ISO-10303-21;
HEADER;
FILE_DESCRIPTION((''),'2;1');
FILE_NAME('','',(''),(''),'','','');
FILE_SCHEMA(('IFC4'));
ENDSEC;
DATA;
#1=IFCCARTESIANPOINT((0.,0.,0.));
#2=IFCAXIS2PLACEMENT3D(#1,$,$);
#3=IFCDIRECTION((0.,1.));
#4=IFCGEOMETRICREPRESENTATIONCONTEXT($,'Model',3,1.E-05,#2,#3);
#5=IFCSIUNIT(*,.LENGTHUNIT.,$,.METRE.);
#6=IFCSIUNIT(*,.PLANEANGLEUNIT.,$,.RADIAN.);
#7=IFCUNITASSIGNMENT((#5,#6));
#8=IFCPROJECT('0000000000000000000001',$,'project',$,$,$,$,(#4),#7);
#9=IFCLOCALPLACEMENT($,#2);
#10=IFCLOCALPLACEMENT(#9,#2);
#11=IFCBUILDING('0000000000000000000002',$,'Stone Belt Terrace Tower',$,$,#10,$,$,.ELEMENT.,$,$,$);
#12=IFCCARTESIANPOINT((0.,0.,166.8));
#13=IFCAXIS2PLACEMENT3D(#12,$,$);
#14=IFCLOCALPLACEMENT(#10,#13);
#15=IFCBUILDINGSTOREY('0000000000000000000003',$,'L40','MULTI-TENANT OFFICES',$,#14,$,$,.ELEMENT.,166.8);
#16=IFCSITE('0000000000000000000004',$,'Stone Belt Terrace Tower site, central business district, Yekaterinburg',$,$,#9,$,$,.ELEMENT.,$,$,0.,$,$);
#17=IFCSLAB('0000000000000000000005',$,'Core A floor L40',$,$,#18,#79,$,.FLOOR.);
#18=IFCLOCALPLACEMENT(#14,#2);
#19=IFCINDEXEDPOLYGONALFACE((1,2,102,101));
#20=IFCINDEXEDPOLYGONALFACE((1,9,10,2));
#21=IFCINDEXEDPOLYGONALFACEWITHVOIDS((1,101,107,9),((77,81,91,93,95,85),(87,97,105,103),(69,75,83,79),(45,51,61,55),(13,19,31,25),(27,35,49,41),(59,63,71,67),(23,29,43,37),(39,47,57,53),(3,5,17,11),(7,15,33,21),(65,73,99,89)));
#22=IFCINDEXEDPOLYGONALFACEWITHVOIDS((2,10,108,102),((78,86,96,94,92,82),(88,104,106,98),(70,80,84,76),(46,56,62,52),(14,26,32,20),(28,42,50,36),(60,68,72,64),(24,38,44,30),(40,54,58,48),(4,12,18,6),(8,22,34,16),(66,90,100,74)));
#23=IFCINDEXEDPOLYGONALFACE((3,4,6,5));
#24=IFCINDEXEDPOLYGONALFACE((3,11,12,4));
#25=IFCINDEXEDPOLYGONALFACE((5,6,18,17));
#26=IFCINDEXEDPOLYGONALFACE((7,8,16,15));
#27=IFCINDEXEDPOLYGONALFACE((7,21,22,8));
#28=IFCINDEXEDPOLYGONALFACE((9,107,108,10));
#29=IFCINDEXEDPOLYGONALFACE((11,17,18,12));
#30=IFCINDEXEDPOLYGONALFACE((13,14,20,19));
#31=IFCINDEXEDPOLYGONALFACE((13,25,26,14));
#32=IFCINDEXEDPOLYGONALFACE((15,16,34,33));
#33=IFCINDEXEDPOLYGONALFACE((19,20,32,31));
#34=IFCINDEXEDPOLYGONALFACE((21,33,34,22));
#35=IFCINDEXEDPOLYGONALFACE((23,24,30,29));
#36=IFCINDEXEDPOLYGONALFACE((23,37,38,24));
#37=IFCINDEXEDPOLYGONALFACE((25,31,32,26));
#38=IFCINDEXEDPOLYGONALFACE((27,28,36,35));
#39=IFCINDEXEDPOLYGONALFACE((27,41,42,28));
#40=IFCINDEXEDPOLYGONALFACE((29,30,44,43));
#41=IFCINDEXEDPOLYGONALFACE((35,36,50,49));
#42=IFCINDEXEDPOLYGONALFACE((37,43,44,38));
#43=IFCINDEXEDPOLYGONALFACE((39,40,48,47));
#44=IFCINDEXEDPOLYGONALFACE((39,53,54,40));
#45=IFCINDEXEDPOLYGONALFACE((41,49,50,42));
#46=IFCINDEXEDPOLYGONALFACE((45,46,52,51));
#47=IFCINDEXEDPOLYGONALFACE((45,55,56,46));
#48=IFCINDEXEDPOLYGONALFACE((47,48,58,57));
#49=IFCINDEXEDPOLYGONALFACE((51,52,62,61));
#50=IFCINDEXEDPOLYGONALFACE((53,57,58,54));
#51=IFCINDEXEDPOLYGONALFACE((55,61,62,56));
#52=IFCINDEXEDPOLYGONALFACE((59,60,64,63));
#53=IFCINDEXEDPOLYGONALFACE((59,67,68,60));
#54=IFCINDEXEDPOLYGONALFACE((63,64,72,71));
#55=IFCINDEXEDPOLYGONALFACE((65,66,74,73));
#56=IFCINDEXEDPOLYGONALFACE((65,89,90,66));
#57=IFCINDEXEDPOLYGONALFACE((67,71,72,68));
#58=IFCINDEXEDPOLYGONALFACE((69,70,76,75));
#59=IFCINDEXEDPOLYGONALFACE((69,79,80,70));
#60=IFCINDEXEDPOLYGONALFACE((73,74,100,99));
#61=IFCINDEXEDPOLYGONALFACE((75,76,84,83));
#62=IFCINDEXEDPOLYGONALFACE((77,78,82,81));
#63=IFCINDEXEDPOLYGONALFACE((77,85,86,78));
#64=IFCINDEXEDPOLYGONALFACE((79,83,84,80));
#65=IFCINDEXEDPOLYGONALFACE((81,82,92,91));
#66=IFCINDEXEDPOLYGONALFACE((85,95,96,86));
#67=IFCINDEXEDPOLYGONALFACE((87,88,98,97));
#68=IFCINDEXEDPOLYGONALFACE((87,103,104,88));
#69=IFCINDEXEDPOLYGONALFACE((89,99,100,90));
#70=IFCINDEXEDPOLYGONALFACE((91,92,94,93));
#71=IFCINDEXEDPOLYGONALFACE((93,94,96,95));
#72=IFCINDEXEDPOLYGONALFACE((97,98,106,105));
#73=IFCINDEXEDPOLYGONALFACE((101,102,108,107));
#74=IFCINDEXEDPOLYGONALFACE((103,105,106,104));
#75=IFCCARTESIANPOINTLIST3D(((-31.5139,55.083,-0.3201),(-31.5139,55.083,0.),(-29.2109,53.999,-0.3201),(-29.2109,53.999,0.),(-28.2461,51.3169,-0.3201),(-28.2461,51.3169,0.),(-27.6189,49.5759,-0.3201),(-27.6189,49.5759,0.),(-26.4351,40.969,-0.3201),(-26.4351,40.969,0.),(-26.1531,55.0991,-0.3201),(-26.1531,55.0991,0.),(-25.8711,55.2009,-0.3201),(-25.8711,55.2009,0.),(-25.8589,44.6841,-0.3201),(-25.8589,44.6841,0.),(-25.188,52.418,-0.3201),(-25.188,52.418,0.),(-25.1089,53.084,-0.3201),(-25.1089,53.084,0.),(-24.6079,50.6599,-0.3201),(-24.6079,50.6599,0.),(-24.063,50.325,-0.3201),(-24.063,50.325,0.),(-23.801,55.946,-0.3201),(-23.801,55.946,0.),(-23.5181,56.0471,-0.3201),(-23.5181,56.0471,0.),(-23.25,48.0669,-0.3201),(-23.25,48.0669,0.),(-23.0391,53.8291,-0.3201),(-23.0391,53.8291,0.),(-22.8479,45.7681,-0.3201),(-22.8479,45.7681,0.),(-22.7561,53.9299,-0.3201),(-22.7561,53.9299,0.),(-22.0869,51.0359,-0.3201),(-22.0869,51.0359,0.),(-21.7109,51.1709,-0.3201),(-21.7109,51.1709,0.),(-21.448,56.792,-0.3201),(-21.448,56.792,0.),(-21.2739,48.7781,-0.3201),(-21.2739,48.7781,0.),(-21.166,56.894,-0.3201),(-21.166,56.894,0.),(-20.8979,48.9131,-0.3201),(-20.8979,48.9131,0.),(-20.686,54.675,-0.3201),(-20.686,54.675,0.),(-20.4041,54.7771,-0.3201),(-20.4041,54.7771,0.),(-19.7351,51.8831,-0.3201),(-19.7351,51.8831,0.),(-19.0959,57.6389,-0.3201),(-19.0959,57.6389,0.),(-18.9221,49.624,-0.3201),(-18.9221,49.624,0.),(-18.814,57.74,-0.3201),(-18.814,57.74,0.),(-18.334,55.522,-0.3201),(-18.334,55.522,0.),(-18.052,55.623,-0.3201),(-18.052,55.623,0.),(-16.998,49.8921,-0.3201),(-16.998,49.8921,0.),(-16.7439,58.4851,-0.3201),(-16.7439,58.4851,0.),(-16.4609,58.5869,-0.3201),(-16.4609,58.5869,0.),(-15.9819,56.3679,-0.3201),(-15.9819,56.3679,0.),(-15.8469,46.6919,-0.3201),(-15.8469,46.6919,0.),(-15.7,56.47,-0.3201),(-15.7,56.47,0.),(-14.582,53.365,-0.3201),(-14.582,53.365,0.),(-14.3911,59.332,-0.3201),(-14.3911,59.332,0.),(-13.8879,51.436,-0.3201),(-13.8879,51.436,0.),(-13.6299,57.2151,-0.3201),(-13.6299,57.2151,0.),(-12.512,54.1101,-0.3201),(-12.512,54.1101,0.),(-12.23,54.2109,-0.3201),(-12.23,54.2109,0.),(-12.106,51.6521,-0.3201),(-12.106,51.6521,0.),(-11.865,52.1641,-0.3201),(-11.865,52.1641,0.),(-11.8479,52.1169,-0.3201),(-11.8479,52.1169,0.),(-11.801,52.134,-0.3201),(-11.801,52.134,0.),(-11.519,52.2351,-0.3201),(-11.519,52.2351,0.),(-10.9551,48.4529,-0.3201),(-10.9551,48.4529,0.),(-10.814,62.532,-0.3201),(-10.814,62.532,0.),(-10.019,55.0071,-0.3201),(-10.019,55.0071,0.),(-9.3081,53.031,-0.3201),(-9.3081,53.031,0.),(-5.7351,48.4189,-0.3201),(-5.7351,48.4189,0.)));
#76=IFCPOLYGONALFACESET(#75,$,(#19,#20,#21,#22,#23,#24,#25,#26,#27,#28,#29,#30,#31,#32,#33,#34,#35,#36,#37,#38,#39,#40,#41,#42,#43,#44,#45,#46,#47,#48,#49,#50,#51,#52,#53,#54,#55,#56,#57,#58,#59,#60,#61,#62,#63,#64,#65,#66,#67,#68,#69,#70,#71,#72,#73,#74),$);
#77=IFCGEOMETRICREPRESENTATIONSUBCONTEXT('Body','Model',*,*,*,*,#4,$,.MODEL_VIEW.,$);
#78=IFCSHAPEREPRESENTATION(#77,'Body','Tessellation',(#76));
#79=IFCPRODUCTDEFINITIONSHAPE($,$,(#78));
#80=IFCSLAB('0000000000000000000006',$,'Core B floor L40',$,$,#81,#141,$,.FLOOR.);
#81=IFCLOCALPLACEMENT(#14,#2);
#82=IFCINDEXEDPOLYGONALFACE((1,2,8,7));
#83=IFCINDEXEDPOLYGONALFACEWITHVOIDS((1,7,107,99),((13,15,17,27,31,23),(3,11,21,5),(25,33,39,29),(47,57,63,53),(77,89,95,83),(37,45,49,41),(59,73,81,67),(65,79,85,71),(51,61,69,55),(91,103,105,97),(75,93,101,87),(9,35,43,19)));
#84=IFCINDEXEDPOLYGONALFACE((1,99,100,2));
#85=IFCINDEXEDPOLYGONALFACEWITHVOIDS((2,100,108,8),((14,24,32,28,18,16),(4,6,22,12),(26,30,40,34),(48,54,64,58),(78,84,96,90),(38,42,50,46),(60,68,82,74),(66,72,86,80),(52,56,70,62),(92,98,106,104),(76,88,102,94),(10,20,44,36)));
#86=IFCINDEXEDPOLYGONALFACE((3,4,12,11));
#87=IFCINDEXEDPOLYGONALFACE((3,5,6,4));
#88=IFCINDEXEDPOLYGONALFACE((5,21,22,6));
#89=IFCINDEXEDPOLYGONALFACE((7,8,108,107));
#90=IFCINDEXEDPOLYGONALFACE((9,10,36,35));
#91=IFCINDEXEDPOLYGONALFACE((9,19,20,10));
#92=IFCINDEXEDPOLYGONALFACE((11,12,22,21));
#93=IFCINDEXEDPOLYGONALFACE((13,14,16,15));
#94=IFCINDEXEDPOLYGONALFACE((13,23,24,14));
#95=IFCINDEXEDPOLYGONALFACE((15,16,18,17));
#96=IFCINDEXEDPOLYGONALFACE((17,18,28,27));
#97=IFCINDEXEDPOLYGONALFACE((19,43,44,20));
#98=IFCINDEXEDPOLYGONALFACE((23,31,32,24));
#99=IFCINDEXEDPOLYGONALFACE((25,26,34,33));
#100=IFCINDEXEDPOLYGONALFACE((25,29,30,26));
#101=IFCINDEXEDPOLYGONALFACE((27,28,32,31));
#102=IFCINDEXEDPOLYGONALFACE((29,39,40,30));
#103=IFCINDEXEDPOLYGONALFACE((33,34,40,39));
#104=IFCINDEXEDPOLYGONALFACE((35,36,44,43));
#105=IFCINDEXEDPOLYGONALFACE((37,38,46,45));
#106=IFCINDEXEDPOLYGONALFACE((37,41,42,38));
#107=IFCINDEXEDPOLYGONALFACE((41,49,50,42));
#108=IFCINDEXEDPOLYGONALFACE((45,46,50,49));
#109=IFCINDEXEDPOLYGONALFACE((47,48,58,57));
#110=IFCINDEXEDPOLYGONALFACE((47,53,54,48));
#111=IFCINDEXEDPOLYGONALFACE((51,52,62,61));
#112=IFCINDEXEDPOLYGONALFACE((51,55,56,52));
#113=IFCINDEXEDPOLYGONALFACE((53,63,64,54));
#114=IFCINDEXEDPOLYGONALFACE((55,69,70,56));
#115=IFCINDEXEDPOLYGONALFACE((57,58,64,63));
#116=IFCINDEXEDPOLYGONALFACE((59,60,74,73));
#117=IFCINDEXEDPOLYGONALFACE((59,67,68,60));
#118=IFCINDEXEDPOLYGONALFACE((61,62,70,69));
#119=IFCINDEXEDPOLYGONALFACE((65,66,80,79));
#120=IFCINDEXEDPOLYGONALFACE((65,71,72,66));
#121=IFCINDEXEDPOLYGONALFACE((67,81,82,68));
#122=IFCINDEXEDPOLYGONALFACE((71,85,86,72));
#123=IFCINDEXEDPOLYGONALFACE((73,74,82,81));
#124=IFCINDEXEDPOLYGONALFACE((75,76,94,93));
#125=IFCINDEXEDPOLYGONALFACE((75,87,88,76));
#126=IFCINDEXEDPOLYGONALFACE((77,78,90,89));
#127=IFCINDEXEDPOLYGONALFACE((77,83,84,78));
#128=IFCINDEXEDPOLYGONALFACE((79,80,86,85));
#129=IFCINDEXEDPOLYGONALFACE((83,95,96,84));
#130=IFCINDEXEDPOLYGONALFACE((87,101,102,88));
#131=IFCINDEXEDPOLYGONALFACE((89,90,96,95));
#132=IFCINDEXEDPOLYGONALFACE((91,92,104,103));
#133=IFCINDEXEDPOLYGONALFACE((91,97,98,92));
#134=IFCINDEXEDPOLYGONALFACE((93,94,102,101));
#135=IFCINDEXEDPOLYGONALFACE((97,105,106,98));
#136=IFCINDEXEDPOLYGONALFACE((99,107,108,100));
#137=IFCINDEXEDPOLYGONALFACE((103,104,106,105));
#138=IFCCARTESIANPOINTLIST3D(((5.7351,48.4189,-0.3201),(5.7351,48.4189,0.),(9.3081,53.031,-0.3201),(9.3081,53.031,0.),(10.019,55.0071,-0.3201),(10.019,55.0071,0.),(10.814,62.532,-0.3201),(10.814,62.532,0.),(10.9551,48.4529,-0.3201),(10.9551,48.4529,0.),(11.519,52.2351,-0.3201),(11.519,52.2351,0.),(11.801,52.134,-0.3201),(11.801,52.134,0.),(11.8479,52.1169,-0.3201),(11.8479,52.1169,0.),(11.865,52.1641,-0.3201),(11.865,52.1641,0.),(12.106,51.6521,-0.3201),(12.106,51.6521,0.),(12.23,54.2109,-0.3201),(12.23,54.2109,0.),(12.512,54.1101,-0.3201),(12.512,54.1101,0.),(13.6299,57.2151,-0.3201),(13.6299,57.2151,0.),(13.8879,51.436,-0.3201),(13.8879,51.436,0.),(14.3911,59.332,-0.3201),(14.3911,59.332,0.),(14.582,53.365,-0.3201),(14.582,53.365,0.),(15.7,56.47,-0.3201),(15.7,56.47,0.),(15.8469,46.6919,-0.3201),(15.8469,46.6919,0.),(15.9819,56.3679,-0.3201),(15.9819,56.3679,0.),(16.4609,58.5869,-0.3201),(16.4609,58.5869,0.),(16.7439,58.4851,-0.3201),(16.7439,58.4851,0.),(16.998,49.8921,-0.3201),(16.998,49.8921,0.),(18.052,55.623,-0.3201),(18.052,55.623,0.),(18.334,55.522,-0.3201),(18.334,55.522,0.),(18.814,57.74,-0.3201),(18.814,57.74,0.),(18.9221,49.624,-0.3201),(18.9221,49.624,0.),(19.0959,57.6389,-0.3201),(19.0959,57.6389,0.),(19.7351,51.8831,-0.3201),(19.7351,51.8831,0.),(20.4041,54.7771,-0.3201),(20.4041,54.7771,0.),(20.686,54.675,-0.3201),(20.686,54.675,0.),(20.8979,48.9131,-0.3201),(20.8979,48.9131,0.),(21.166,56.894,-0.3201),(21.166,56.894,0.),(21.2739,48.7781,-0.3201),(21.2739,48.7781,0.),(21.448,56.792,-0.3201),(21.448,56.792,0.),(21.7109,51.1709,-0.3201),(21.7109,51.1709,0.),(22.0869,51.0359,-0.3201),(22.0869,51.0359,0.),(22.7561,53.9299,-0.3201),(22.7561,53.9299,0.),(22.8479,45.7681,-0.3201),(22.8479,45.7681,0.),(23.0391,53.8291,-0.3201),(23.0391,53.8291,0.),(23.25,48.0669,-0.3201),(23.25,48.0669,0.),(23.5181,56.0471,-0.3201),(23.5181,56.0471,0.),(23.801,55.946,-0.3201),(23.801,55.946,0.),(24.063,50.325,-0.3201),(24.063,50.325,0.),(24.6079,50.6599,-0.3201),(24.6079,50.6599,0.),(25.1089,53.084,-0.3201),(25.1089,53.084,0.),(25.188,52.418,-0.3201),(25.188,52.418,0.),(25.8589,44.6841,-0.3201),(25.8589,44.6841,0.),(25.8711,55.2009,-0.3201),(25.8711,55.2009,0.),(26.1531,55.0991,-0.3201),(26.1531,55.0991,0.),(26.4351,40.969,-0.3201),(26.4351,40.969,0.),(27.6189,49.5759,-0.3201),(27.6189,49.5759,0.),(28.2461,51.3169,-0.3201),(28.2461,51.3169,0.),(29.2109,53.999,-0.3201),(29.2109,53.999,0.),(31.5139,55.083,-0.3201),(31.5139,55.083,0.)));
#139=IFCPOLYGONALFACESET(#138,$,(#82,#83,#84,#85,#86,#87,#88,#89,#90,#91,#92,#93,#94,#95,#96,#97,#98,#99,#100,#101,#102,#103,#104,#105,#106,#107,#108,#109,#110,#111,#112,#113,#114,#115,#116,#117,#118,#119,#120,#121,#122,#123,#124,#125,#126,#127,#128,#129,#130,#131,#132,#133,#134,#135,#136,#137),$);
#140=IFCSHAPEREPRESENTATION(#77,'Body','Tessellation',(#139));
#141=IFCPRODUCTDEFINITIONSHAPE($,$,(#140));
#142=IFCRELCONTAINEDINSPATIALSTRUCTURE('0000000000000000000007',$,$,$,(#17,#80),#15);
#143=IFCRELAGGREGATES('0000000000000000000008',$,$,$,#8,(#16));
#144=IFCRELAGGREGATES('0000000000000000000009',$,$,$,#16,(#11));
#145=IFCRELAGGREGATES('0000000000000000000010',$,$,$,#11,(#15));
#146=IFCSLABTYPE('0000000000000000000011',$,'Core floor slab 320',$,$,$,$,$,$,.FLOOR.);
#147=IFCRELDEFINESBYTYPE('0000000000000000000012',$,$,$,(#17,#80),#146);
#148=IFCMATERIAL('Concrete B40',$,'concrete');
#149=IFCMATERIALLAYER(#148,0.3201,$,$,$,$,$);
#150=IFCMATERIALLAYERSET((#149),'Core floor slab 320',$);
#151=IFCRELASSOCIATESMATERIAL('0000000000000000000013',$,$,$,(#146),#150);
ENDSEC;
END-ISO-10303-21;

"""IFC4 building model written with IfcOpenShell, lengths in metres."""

from ifc_helpers import new_model, si_unit, direction, frame, origin, place, context, subcontext, project, spatial, polyline, outline, extrude, material, layer, layer_set, type_object, element, save


model = new_model("IFC4")

# Units and contexts
model_context = context("Model", 3, precision=1e-05, world=origin(), true_north=direction((0.0, 1.0)))
body_context = subcontext(model_context, "Body", "Model", "MODEL_VIEW")
ifc_project = project(units=[si_unit("LENGTHUNIT", "METRE"), si_unit("PLANEANGLEUNIT", "RADIAN")], contexts=[model_context])

# Site, building, storey
site_placement = place(None, origin())
site = spatial("IfcSite", under=ifc_project, at=site_placement, Name="Stone Belt Terrace Tower site, central business district, Yekaterinburg", CompositionType="ELEMENT", RefElevation=0.0)
building_placement = place(site_placement, origin())
building = spatial("IfcBuilding", under=site, at=building_placement, Name="Stone Belt Terrace Tower", CompositionType="ELEMENT")
storey_placement = place(building_placement, frame((0.0, 0.0, 166.8)))
storey = spatial("IfcBuildingStorey", under=building, at=storey_placement, Name="L40", Description="MULTI-TENANT OFFICES", CompositionType="ELEMENT", Elevation=166.8)

# Slabs
ifc_material_1 = material(Name="Concrete B40", Category="concrete")
ifc_layer_1 = layer(ifc_material_1, 0.3201)
ifc_layer_set_1 = layer_set([ifc_layer_1], Name="Core floor slab 320")
slab_type_1 = type_object("IfcSlabType", Name="Core floor slab 320", PredefinedType="FLOOR", material=ifc_layer_set_1)
slab_1_placement = place(storey_placement, frame((0.0, 0.0, -0.3201)))
element("IfcSlab", 1, at=slab_1_placement, inside=storey, type_object=slab_type_1, Name="Core A floor L40", PredefinedType="FLOOR", context=body_context, shape_type="SweptSolid", body=[
    extrude(outline(polyline([(-26.4351, 40.969), (-5.7351, 48.4189), (-10.814, 62.532), (-31.5139, 55.083), (-26.4351, 40.969)]), holes=[polyline([(-24.6079, 50.6599), (-22.8479, 45.7681), (-25.8589, 44.6841), (-27.6189, 49.5759), (-24.6079, 50.6599)]), polyline([(-21.2739, 48.7781), (-23.25, 48.0669), (-24.063, 50.325), (-22.0869, 51.0359), (-21.2739, 48.7781)]), polyline([(-18.9221, 49.624), (-20.8979, 48.9131), (-21.7109, 51.1709), (-19.7351, 51.8831), (-18.9221, 49.624)]), polyline([(-28.2461, 51.3169), (-29.2109, 53.999), (-26.1531, 55.0991), (-25.188, 52.418), (-28.2461, 51.3169)]), polyline([(-23.801, 55.946), (-23.0391, 53.8291), (-25.1089, 53.084), (-25.8711, 55.2009), (-23.801, 55.946)]), polyline([(-21.448, 56.792), (-20.686, 54.675), (-22.7561, 53.9299), (-23.5181, 56.0471), (-21.448, 56.792)]), polyline([(-10.9551, 48.4529), (-15.8469, 46.6919), (-16.998, 49.8921), (-12.106, 51.6521), (-10.9551, 48.4529)]), polyline([(-11.8479, 52.1169), (-11.865, 52.1641), (-13.8879, 51.436), (-14.582, 53.365), (-12.512, 54.1101), (-11.801, 52.134), (-11.8479, 52.1169)]), polyline([(-9.3081, 53.031), (-11.519, 52.2351), (-12.23, 54.2109), (-10.019, 55.0071), (-9.3081, 53.031)]), polyline([(-21.166, 56.894), (-19.0959, 57.6389), (-18.334, 55.522), (-20.4041, 54.7771), (-21.166, 56.894)]), polyline([(-16.7439, 58.4851), (-15.9819, 56.3679), (-18.052, 55.623), (-18.814, 57.74), (-16.7439, 58.4851)]), polyline([(-14.3911, 59.332), (-13.6299, 57.2151), (-15.7, 56.47), (-16.4609, 58.5869), (-14.3911, 59.332)])]), origin(), (0.0, 0.0, 1.0), 0.3201),
])
slab_2_placement = place(storey_placement, frame((0.0, 0.0, -0.3201)))
element("IfcSlab", 2, at=slab_2_placement, inside=storey, type_object=slab_type_1, Name="Core B floor L40", PredefinedType="FLOOR", context=body_context, shape_type="SweptSolid", body=[
    extrude(outline(polyline([(26.4351, 40.969), (31.5139, 55.083), (10.814, 62.532), (5.7351, 48.4189), (26.4351, 40.969)]), holes=[polyline([(12.106, 51.6521), (16.998, 49.8921), (15.8469, 46.6919), (10.9551, 48.4529), (12.106, 51.6521)]), polyline([(12.512, 54.1101), (14.582, 53.365), (13.8879, 51.436), (11.865, 52.1641), (11.8479, 52.1169), (11.801, 52.134), (12.512, 54.1101)]), polyline([(9.3081, 53.031), (10.019, 55.0071), (12.23, 54.2109), (11.519, 52.2351), (9.3081, 53.031)]), polyline([(18.334, 55.522), (19.0959, 57.6389), (21.166, 56.894), (20.4041, 54.7771), (18.334, 55.522)]), polyline([(16.7439, 58.4851), (18.814, 57.74), (18.052, 55.623), (15.9819, 56.3679), (16.7439, 58.4851)]), polyline([(14.3911, 59.332), (16.4609, 58.5869), (15.7, 56.47), (13.6299, 57.2151), (14.3911, 59.332)]), polyline([(27.6189, 49.5759), (25.8589, 44.6841), (22.8479, 45.7681), (24.6079, 50.6599), (27.6189, 49.5759)]), polyline([(21.2739, 48.7781), (22.0869, 51.0359), (24.063, 50.325), (23.25, 48.0669), (21.2739, 48.7781)]), polyline([(18.9221, 49.624), (19.7351, 51.8831), (21.7109, 51.1709), (20.8979, 48.9131), (18.9221, 49.624)]), polyline([(26.1531, 55.0991), (29.2109, 53.999), (28.2461, 51.3169), (25.188, 52.418), (26.1531, 55.0991)]), polyline([(23.801, 55.946), (25.8711, 55.2009), (25.1089, 53.084), (23.0391, 53.8291), (23.801, 55.946)]), polyline([(21.448, 56.792), (23.5181, 56.0471), (22.7561, 53.9299), (20.686, 54.675), (21.448, 56.792)])]), origin(), (0.0, 0.0, 1.0), 0.3201),
])

save(model, "model.ifc")
